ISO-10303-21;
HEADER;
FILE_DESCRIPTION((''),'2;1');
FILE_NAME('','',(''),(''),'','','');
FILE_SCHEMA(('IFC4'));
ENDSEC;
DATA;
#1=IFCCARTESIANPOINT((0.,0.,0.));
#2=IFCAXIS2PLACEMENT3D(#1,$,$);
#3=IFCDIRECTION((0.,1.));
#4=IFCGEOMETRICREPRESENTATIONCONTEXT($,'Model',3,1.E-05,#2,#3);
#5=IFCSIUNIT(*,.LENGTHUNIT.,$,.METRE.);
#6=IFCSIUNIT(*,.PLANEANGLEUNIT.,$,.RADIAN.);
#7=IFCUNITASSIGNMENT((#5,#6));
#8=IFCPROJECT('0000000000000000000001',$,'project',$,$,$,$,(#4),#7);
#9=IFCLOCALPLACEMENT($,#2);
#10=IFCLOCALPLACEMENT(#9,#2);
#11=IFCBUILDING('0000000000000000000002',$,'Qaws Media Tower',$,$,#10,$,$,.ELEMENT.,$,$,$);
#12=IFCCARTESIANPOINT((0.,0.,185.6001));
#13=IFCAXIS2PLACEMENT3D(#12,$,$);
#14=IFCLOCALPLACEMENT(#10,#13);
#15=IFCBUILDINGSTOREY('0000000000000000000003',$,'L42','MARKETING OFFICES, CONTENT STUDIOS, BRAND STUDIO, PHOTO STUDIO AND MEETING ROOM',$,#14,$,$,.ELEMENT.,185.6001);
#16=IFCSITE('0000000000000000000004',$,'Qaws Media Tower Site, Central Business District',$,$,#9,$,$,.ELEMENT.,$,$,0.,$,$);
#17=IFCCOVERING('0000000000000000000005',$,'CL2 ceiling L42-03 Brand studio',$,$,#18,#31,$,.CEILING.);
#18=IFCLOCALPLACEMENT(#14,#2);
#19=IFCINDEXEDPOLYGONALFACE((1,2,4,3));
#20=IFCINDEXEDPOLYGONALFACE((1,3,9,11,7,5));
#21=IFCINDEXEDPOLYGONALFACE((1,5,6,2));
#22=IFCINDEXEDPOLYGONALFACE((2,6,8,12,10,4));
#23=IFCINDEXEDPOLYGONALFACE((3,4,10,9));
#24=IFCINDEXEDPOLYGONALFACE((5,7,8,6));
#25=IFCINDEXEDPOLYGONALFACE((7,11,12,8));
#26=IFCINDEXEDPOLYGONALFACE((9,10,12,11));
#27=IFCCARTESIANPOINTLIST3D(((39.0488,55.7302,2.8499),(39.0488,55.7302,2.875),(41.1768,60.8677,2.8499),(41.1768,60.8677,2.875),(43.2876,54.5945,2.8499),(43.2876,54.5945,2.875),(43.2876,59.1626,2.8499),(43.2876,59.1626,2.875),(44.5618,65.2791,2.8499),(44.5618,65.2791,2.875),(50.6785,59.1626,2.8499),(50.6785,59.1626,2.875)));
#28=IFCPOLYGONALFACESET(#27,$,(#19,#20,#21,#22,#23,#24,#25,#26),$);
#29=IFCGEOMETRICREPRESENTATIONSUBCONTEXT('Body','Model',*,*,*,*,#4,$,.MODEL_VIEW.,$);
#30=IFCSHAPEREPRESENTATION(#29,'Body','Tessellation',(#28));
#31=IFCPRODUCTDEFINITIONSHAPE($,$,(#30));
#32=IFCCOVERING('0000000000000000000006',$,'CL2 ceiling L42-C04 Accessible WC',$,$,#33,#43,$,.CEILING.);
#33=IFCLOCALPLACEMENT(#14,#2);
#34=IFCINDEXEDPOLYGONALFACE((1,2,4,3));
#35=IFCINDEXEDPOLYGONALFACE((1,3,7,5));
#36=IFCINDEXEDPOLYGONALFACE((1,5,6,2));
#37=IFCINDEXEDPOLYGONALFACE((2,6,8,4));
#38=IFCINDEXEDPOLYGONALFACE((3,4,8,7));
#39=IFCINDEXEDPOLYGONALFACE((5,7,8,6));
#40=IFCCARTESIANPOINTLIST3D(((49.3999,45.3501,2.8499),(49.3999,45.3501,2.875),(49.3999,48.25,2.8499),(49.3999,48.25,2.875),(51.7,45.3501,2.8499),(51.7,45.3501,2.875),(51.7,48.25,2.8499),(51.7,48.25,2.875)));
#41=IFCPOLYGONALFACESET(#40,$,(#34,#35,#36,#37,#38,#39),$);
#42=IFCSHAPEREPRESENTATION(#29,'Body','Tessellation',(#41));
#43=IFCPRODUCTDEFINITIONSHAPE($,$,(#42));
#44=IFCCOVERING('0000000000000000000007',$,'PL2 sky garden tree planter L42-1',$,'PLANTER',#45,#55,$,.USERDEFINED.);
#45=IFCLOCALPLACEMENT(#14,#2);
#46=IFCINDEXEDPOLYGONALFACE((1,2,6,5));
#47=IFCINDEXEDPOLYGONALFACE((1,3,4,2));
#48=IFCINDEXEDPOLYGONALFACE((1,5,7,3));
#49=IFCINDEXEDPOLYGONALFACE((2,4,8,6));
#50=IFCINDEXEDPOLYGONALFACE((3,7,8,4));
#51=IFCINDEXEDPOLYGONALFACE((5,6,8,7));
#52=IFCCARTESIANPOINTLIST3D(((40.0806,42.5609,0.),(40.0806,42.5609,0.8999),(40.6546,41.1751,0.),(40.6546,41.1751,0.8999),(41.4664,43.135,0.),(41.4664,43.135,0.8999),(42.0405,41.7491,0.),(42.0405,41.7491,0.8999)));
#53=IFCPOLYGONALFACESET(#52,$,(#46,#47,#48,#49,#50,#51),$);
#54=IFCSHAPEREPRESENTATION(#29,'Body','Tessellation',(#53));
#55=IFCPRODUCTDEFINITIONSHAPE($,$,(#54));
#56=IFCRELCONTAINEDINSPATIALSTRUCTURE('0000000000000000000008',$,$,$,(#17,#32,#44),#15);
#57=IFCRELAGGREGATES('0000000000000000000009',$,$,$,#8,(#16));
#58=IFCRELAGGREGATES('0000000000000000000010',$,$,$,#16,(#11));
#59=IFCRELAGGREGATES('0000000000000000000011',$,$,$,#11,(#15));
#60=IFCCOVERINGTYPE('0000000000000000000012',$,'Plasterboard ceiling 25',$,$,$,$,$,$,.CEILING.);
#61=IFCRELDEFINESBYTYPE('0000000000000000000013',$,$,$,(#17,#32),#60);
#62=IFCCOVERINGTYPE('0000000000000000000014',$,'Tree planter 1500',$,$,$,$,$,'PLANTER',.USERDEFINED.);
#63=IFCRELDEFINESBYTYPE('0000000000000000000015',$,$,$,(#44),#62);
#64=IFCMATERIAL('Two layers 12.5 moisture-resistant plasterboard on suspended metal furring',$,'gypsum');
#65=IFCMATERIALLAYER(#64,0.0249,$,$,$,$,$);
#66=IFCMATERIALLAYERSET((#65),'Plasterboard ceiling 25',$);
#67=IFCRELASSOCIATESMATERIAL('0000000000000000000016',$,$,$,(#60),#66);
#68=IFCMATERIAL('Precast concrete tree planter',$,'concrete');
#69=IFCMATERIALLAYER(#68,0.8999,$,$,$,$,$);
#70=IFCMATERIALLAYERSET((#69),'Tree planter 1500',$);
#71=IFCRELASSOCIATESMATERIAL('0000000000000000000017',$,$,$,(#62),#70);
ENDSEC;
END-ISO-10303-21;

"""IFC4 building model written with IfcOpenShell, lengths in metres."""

from ifc_helpers import new_model, si_unit, direction, frame, origin, origin_2d, place, context, subcontext, project, spatial, polyline, rectangle, outline, extrude, material, layer, layer_set, type_object, element, save


model = new_model("IFC4")

# Units and contexts
model_context = context("Model", 3, precision=1e-05, world=origin(), true_north=direction((0.0, 1.0)))
body_context = subcontext(model_context, "Body", "Model", "MODEL_VIEW")
ifc_project = project(units=[si_unit("LENGTHUNIT", "METRE"), si_unit("PLANEANGLEUNIT", "RADIAN")], contexts=[model_context])

# Site, building, storey
site_placement = place(None, origin())
site = spatial("IfcSite", under=ifc_project, at=site_placement, Name="Qaws Media Tower Site, Central Business District", CompositionType="ELEMENT", RefElevation=0.0)
building_placement = place(site_placement, origin())
building = spatial("IfcBuilding", under=site, at=building_placement, Name="Qaws Media Tower", CompositionType="ELEMENT")
storey_placement = place(building_placement, frame((0.0, 0.0, 185.6001)))
storey = spatial("IfcBuildingStorey", under=building, at=storey_placement, Name="L42", Description="MARKETING OFFICES, CONTENT STUDIOS, BRAND STUDIO, PHOTO STUDIO AND MEETING ROOM", CompositionType="ELEMENT", Elevation=185.6001)

# Coverings
ifc_material_1 = material(Name="Two layers 12.5 moisture-resistant plasterboard on suspended metal furring", Category="gypsum")
ifc_layer_1 = layer(ifc_material_1, 0.0249)
ifc_layer_set_1 = layer_set([ifc_layer_1], Name="Plasterboard ceiling 25")
covering_type_1 = type_object("IfcCoveringType", Name="Plasterboard ceiling 25", PredefinedType="CEILING", material=ifc_layer_set_1)
covering_1_placement = place(storey_placement, frame((0.0, 0.0, 2.8499)))
element("IfcCovering", 1, at=covering_1_placement, inside=storey, type_object=covering_type_1, Name="CL2 ceiling L42-03 Brand studio", PredefinedType="CEILING", context=body_context, shape_type="SweptSolid", body=[
    extrude(outline(polyline([(41.1768, 60.8677), (44.5618, 65.2791), (50.6785, 59.1626), (43.2876, 59.1626), (43.2876, 54.5945), (39.0488, 55.7302), (41.1768, 60.8677)])), origin(), (0.0, 0.0, 1.0), 0.0251),
])
covering_2_placement = place(storey_placement, frame((0.0, 0.0, 2.8499)))
element("IfcCovering", 2, at=covering_2_placement, inside=storey, type_object=covering_type_1, Name="CL2 ceiling L42-C04 Accessible WC", PredefinedType="CEILING", context=body_context, shape_type="SweptSolid", body=[
    extrude(outline(polyline([(49.3999, 45.3501), (49.3999, 48.25), (51.7, 48.25), (51.7, 45.3501), (49.3999, 45.3501)])), origin(), (0.0, 0.0, 1.0), 0.0251),
])
ifc_material_2 = material(Name="Precast concrete tree planter", Category="concrete")
ifc_layer_2 = layer(ifc_material_2, 0.8999)
ifc_layer_set_2 = layer_set([ifc_layer_2], Name="Tree planter 1500")
covering_type_2 = type_object("IfcCoveringType", Name="Tree planter 1500", ElementType="PLANTER", PredefinedType="USERDEFINED", material=ifc_layer_set_2)
covering_3_placement = place(storey_placement, frame((41.0605, 42.155, 0.0), z_axis=(0.0, 0.0, 1.0), x_axis=(-0.92388, -0.382683, 0.0)))
element("IfcCovering", 3, at=covering_3_placement, inside=storey, type_object=covering_type_2, Name="PL2 sky garden tree planter L42-1", ObjectType="PLANTER", PredefinedType="USERDEFINED", context=body_context, shape_type="SweptSolid", body=[
    extrude(rectangle(XDim=1.5, YDim=1.5, at=origin_2d()), origin(), (0.0, 0.0, 1.0), 0.8999),
])

save(model, "model.ifc")
